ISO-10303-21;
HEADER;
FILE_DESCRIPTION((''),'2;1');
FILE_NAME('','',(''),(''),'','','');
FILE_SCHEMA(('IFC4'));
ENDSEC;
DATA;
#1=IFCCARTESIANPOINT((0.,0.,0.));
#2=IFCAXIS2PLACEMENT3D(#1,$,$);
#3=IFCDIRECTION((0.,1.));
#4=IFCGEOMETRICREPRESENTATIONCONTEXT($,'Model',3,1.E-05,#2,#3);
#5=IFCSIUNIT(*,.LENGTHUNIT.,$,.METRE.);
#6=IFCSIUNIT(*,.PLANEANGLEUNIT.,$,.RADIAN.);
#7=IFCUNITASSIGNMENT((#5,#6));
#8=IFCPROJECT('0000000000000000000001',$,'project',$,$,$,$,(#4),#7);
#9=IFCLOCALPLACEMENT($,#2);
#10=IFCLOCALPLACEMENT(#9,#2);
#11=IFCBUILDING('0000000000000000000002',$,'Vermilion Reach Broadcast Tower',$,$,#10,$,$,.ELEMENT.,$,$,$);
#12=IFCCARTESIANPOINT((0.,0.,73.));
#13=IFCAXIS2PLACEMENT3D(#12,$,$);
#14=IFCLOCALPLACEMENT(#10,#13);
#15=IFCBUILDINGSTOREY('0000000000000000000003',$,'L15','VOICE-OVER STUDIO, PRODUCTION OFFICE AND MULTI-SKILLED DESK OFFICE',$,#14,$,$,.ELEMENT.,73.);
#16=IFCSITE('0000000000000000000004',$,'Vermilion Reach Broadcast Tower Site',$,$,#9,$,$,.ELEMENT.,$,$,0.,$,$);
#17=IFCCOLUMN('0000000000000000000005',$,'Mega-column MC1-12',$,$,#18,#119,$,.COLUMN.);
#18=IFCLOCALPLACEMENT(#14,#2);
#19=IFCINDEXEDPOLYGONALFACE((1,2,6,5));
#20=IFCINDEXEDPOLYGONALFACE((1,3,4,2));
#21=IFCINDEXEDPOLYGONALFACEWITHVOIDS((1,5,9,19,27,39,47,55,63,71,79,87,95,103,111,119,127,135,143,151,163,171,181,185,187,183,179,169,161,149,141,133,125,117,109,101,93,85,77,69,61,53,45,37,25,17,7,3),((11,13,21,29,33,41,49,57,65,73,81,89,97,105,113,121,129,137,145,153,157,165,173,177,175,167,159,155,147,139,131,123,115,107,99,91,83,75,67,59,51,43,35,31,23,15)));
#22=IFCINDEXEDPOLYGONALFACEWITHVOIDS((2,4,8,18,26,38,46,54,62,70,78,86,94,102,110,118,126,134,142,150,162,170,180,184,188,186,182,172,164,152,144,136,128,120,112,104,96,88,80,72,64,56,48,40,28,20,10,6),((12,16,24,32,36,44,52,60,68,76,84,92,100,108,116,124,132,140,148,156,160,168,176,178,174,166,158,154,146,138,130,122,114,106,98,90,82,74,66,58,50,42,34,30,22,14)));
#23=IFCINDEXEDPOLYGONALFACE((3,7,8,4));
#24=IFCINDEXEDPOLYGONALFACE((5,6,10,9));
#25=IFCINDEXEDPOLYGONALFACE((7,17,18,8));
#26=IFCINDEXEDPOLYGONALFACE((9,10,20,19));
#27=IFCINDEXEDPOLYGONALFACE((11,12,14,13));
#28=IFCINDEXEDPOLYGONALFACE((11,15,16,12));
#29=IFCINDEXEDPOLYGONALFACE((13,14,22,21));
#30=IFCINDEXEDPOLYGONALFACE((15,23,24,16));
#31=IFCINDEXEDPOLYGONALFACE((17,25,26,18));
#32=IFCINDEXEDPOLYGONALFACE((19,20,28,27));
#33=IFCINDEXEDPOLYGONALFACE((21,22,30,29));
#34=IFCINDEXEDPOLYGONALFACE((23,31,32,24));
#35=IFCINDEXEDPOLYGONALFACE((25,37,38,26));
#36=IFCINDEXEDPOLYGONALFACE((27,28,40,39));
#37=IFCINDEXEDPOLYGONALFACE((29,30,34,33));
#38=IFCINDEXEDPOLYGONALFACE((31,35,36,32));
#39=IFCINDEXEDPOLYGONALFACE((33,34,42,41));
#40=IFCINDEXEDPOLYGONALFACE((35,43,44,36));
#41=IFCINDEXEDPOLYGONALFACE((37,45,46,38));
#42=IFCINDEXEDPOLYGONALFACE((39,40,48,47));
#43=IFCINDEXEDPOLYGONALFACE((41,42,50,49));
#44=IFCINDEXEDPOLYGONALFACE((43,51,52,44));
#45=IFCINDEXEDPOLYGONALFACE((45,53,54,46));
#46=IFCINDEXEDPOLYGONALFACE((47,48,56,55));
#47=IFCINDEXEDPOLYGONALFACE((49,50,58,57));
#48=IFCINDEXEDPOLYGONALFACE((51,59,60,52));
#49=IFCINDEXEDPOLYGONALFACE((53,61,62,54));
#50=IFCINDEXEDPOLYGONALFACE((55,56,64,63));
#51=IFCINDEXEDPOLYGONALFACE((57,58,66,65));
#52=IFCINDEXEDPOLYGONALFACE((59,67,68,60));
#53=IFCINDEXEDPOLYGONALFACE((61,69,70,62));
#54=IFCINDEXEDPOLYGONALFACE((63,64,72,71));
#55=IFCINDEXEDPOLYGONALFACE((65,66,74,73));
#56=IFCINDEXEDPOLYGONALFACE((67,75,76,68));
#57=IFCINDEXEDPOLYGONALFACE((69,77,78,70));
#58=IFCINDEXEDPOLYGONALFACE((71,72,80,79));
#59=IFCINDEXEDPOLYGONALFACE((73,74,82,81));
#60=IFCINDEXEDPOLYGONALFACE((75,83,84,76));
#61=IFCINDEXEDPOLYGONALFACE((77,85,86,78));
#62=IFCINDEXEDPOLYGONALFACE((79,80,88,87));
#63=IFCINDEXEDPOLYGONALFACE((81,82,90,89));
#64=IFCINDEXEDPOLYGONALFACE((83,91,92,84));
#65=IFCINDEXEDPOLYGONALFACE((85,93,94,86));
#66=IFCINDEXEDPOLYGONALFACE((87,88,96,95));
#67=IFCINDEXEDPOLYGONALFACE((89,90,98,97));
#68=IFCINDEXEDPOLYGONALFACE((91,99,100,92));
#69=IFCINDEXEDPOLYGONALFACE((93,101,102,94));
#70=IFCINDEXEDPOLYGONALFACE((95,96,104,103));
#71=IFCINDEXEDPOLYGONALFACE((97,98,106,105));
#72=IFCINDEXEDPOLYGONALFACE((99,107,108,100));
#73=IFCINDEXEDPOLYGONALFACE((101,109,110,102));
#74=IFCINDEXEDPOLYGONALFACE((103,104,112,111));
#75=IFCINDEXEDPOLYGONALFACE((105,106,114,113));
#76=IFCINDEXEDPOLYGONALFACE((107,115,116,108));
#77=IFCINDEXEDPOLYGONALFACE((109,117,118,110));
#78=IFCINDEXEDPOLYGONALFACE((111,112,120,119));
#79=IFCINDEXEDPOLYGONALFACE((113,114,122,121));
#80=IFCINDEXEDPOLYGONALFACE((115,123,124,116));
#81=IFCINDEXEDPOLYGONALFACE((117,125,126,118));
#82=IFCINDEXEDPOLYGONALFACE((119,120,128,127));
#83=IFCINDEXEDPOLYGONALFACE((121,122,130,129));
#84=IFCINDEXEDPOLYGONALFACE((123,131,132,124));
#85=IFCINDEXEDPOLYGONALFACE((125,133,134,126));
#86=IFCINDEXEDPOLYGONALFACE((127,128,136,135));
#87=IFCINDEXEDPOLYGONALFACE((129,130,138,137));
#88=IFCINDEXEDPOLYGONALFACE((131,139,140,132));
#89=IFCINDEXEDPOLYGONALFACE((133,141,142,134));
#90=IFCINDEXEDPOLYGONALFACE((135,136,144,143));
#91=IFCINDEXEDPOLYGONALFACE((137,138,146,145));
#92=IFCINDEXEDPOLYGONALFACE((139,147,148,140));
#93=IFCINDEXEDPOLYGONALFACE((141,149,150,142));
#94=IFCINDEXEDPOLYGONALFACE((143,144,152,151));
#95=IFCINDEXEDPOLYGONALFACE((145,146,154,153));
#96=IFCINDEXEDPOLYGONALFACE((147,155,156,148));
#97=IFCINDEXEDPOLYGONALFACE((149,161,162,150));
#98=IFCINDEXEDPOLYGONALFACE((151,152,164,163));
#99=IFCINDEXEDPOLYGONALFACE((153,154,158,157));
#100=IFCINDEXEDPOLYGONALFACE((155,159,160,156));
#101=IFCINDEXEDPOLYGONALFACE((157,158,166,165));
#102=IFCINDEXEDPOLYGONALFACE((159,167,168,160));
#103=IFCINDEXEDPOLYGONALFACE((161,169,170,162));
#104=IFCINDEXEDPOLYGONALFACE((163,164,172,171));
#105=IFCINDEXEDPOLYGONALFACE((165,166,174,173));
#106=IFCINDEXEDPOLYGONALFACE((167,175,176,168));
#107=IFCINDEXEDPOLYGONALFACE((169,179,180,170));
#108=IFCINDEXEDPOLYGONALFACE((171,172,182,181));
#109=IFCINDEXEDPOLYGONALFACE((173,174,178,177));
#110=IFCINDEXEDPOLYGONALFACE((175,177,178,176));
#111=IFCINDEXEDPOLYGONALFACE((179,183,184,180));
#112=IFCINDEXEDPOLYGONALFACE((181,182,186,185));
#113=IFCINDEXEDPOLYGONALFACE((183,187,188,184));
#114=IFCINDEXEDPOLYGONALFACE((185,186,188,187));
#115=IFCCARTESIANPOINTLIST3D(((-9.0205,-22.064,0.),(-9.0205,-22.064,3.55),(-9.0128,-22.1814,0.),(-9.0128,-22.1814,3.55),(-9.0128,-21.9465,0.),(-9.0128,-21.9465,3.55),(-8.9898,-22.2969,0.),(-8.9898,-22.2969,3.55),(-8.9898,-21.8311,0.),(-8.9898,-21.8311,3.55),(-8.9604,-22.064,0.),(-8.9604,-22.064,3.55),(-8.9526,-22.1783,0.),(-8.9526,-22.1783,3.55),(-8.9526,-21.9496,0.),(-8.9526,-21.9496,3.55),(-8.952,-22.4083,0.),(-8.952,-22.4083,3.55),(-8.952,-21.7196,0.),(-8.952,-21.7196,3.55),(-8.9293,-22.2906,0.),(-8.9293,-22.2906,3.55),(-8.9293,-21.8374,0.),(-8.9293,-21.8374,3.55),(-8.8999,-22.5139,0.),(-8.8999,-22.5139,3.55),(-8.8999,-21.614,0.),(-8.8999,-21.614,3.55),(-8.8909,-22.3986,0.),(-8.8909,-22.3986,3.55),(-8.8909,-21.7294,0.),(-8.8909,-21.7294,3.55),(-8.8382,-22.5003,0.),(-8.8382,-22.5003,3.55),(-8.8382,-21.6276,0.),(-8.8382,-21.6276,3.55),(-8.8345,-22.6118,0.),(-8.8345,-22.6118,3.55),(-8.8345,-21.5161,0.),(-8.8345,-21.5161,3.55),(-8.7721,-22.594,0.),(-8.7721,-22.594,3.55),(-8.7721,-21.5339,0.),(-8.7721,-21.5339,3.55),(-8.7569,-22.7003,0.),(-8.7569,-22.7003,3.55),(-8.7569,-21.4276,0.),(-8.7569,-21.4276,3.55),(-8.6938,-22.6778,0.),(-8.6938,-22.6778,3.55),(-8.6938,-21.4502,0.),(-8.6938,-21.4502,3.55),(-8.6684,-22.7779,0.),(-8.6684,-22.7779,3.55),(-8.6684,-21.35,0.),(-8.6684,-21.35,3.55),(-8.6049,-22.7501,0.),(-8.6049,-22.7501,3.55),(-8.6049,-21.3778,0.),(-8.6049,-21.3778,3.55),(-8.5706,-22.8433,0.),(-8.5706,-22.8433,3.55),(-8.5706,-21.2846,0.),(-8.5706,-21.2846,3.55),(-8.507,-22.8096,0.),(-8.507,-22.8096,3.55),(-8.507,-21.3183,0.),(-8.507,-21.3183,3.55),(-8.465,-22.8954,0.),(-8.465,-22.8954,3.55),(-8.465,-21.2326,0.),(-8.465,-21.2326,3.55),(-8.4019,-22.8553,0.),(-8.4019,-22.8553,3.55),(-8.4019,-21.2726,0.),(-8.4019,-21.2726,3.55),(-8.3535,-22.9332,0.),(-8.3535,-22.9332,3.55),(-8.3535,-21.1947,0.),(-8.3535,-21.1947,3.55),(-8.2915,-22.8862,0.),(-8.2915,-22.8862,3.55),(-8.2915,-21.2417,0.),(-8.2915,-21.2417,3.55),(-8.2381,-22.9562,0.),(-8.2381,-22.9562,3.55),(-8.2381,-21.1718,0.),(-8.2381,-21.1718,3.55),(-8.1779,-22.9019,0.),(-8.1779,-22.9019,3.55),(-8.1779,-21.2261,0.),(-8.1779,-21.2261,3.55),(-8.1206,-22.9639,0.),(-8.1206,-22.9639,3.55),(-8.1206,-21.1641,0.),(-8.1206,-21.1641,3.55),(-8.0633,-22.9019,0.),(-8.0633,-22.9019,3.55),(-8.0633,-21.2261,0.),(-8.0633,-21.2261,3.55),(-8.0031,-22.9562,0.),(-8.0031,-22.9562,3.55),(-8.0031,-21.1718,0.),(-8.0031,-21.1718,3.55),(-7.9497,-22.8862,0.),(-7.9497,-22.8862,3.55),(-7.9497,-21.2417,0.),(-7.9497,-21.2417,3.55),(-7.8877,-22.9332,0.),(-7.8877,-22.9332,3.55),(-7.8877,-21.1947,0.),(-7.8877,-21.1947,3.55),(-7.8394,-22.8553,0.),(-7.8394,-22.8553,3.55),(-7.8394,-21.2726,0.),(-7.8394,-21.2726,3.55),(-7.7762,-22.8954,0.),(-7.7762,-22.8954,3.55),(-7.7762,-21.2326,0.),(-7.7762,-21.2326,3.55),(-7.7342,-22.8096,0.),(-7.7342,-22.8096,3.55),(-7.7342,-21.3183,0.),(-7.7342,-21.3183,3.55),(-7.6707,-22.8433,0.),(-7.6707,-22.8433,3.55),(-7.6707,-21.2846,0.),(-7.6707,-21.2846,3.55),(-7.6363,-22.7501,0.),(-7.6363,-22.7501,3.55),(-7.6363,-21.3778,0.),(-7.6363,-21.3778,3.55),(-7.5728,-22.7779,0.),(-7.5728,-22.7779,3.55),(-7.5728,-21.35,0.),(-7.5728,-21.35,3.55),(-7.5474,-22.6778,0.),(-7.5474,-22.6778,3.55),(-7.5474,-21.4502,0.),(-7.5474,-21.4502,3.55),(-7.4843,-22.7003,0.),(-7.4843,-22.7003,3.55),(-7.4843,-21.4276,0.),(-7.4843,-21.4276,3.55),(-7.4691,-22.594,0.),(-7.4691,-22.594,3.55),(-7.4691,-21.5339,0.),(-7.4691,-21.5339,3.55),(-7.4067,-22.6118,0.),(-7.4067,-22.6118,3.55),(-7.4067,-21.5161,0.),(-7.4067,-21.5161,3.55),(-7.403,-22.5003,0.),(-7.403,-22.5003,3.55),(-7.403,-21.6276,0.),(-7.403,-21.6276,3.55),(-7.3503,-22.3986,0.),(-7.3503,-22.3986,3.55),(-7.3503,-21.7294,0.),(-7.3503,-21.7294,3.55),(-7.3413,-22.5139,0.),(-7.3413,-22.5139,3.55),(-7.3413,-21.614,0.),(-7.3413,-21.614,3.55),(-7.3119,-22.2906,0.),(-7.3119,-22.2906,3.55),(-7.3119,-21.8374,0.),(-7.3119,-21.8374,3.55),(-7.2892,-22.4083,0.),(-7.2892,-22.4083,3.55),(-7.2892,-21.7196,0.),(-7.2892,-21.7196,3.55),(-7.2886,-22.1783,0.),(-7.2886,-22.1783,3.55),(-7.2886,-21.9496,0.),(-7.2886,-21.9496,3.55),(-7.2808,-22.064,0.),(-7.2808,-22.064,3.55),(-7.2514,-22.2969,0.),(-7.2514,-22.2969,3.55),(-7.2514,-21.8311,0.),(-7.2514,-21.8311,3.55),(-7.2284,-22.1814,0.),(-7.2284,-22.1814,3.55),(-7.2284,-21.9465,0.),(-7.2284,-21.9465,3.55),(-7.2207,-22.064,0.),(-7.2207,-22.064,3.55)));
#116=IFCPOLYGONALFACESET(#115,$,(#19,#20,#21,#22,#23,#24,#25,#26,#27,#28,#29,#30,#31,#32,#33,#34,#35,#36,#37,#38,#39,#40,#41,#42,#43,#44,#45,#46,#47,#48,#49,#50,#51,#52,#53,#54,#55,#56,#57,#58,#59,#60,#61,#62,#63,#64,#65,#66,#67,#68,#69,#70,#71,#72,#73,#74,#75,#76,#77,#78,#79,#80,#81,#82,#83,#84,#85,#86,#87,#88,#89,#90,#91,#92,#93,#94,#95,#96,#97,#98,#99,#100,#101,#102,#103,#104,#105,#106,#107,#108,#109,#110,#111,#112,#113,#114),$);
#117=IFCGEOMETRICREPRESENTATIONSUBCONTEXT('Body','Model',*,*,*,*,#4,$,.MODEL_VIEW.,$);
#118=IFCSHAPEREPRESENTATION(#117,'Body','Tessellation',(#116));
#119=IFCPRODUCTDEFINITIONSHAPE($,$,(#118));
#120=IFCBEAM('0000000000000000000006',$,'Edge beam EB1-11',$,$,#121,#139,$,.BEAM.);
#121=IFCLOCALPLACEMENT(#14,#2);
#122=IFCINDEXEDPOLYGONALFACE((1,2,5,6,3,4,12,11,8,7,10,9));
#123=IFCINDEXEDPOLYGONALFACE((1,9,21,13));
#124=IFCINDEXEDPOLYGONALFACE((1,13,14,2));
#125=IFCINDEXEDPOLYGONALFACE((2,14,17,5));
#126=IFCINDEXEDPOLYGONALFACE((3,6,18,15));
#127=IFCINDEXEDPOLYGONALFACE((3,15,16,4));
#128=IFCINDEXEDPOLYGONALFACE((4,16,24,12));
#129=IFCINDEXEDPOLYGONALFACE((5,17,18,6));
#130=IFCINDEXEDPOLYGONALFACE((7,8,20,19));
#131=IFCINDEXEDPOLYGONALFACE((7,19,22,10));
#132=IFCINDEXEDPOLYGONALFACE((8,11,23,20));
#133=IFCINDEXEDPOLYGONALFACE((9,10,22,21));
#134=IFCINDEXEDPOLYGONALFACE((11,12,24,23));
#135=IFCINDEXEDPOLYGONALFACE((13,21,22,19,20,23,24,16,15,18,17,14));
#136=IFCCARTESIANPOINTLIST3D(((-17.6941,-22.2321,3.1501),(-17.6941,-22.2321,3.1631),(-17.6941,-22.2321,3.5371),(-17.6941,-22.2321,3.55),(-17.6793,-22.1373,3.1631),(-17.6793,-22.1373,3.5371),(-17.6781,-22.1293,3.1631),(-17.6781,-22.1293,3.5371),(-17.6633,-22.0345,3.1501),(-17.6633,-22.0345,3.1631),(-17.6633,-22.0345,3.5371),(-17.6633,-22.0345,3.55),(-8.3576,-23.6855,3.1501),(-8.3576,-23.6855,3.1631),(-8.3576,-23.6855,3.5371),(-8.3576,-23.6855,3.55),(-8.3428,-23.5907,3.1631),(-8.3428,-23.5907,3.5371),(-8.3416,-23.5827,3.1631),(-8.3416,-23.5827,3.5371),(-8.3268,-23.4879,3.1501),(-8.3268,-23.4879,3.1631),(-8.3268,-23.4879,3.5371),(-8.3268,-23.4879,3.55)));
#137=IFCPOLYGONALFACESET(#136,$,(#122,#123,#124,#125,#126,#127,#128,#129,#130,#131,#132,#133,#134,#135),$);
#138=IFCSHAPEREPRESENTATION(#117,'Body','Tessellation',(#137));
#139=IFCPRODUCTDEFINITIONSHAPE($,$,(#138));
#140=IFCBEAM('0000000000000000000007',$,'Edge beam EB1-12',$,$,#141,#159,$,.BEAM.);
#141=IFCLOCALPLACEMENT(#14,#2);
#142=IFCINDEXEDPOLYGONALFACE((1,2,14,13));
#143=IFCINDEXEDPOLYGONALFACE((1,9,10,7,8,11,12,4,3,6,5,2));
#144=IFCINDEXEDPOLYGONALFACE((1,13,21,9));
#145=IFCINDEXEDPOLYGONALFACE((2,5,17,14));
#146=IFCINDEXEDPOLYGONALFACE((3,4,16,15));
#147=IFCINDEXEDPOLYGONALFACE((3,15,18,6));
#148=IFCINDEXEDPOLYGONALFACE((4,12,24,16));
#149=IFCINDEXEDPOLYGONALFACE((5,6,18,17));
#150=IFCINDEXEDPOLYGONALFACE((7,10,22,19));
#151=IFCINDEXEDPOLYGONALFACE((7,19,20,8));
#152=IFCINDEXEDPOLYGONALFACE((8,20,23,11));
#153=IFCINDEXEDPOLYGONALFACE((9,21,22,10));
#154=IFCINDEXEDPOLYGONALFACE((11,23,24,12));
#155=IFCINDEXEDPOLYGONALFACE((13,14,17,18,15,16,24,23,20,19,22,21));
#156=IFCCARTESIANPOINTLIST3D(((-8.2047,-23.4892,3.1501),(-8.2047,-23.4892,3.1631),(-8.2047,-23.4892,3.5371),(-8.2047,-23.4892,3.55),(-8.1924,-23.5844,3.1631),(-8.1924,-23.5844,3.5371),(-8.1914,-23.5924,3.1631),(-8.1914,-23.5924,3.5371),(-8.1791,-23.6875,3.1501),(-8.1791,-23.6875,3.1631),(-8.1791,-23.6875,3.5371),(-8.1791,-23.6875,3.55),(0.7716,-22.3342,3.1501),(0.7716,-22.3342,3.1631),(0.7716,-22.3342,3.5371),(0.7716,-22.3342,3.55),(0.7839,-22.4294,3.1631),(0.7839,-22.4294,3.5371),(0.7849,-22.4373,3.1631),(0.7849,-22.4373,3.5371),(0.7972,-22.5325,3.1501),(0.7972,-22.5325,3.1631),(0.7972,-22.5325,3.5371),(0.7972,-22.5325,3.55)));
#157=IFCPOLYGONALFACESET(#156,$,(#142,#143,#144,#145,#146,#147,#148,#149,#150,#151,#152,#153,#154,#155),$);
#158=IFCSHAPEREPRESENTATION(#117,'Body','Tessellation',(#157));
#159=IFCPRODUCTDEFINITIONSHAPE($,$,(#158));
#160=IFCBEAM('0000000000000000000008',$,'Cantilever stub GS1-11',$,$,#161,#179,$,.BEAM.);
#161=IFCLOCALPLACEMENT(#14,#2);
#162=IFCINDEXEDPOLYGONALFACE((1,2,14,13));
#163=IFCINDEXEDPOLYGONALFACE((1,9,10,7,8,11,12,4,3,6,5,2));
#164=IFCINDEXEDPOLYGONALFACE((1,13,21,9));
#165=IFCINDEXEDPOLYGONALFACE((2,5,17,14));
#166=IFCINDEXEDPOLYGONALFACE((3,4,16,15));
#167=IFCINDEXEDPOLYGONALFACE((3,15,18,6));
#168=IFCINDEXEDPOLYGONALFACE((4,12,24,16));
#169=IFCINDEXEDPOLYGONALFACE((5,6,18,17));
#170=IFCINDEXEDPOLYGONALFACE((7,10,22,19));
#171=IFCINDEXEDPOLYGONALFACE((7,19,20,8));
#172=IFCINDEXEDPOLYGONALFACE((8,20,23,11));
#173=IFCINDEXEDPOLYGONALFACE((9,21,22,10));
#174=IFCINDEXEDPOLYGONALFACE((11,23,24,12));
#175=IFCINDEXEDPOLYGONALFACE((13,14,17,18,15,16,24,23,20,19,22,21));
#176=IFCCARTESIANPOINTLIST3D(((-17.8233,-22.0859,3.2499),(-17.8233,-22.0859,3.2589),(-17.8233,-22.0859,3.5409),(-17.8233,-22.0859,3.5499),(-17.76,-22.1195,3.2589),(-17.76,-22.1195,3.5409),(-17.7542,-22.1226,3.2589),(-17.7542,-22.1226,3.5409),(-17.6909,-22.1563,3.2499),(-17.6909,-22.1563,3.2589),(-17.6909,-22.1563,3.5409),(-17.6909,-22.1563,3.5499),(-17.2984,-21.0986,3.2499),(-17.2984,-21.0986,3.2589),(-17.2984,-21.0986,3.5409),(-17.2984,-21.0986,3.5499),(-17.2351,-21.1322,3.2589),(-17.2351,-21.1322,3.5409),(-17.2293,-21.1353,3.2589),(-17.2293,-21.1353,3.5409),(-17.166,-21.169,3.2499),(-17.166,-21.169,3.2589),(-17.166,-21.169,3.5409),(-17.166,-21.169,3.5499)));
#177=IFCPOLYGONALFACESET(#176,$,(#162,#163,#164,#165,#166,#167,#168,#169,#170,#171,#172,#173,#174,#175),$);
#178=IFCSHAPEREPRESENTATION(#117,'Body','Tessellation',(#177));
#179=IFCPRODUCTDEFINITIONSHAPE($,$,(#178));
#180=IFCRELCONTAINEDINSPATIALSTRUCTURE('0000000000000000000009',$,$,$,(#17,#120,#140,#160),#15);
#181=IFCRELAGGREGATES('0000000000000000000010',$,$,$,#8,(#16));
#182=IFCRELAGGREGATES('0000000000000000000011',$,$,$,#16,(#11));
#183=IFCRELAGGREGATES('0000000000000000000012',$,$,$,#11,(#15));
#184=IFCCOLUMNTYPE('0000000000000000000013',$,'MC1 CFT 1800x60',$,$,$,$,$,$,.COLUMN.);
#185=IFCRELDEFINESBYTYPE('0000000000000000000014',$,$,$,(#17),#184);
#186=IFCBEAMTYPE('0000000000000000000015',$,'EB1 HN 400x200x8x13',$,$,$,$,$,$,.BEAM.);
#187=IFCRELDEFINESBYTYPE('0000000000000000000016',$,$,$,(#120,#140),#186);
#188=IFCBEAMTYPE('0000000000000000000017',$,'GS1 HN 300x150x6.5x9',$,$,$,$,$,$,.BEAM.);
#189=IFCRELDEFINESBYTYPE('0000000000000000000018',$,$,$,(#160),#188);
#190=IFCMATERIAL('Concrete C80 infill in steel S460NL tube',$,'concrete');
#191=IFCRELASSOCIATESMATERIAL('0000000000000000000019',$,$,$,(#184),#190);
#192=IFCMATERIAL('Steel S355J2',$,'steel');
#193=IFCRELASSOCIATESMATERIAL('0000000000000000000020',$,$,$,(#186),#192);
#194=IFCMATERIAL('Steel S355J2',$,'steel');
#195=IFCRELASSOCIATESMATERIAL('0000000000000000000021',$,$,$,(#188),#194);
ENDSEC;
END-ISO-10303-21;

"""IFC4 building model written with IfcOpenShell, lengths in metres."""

from ifc_helpers import new_model, si_unit, direction, frame, origin, origin_2d, place, context, subcontext, project, spatial, hollow_circle, i_section, extrude, material, material_profile, profile_set, type_object, element, save


model = new_model("IFC4")

# Units and contexts
model_context = context("Model", 3, precision=1e-05, world=origin(), true_north=direction((0.0, 1.0)))
body_context = subcontext(model_context, "Body", "Model", "MODEL_VIEW")
ifc_project = project(units=[si_unit("LENGTHUNIT", "METRE"), si_unit("PLANEANGLEUNIT", "RADIAN")], contexts=[model_context])

# Site, building, storey
site_placement = place(None, origin())
site = spatial("IfcSite", under=ifc_project, at=site_placement, Name="Vermilion Reach Broadcast Tower Site", CompositionType="ELEMENT", RefElevation=0.0)
building_placement = place(site_placement, origin())
building = spatial("IfcBuilding", under=site, at=building_placement, Name="Vermilion Reach Broadcast Tower", CompositionType="ELEMENT")
storey_placement = place(building_placement, frame((0.0, 0.0, 73.0)))
storey = spatial("IfcBuildingStorey", under=building, at=storey_placement, Name="L15", Description="VOICE-OVER STUDIO, PRODUCTION OFFICE AND MULTI-SKILLED DESK OFFICE", CompositionType="ELEMENT", Elevation=73.0)

# Column
ifc_material_1 = material(Name="Concrete C80 infill in steel S460NL tube", Category="concrete")
ifc_material_profile_1 = material_profile(ifc_material_1, hollow_circle(Radius=0.8999, WallThickness=0.0601, at=origin_2d()), Name="Concrete C80 infill in steel S460NL tube CFT 1800x60")
ifc_profile_set_1 = profile_set([ifc_material_profile_1], Name="Concrete C80 infill in steel S460NL tube")
column_type = type_object("IfcColumnType", Name="MC1 CFT 1800x60", PredefinedType="COLUMN", material=ifc_profile_set_1)
for number, where, z_axis, x_axis, name in (
    (1, (-8.1206, -22.064, 0.0), (0.0, 0.0, 1.0), (1.0, 0.0, 0.0), "Mega-column MC1-12"),
):
    element("IfcColumn", number, at=place(storey_placement, frame(where, z_axis=z_axis, x_axis=x_axis)), inside=storey, type_object=column_type, Name=name, PredefinedType="COLUMN", context=body_context, shape_type="SweptSolid", body=[
        extrude(hollow_circle(Radius=0.8999, WallThickness=0.0601, at=origin_2d()), origin(), (0.0, 0.0, 1.0), 3.55),
    ])

# Beams
ifc_material_2 = material(Name="Steel S355J2", Category="steel")
ifc_material_profile_2 = material_profile(ifc_material_2, i_section(OverallWidth=0.2, OverallDepth=0.3999, WebThickness=0.0081, FlangeThickness=0.0129, at=origin_2d()), Name="S355J2 HN 400x200x8x13")
ifc_profile_set_2 = profile_set([ifc_material_profile_2], Name="Steel S355J2")
beam_type_1 = type_object("IfcBeamType", Name="EB1 HN 400x200x8x13", PredefinedType="BEAM", material=ifc_profile_set_2)
beam_1_placement = place(storey_placement, frame((-17.6787, -22.1333, 3.3501), z_axis=(0.9881, -0.153814, 0.0), x_axis=(0.153814, 0.9881, 0.0)))
element("IfcBeam", 2, at=beam_1_placement, inside=storey, type_object=beam_type_1, Name="Edge beam EB1-11", PredefinedType="BEAM", context=body_context, shape_type="SweptSolid", body=[
    extrude(i_section(OverallWidth=0.2, OverallDepth=0.3999, WebThickness=0.0081, FlangeThickness=0.0129, at=origin_2d()), origin(), (0.0, 0.0, 1.0), 9.449),
])
beam_2_placement = place(storey_placement, frame((-8.1919, -23.5884, 3.3501), z_axis=(0.991823, 0.127623, 0.0), x_axis=(-0.127623, 0.991823, 0.0)))
element("IfcBeam", 3, at=beam_2_placement, inside=storey, type_object=beam_type_1, Name="Edge beam EB1-12", PredefinedType="BEAM", context=body_context, shape_type="SweptSolid", body=[
    extrude(i_section(OverallWidth=0.2, OverallDepth=0.3999, WebThickness=0.0081, FlangeThickness=0.0129, at=origin_2d()), origin(), (0.0, 0.0, 1.0), 9.0503),
])
ifc_material_3 = material(Name="Steel S355J2", Category="steel")
ifc_material_profile_3 = material_profile(ifc_material_3, i_section(OverallWidth=0.1499, OverallDepth=0.3, WebThickness=0.0066, FlangeThickness=0.009, at=origin_2d()), Name="S355J2 HN 300x150x6.5x9")
ifc_profile_set_3 = profile_set([ifc_material_profile_3], Name="Steel S355J2")
beam_type_2 = type_object("IfcBeamType", Name="GS1 HN 300x150x6.5x9", PredefinedType="BEAM", material=ifc_profile_set_3)
beam_3_placement = place(storey_placement, frame((-17.2322, -21.1338, 3.3999), z_axis=(-0.469432, -0.882969, 0.0), x_axis=(0.882969, -0.469432, 0.0)))
element("IfcBeam", 4, at=beam_3_placement, inside=storey, type_object=beam_type_2, Name="Cantilever stub GS1-11", PredefinedType="BEAM", context=body_context, shape_type="SweptSolid", body=[
    extrude(i_section(OverallWidth=0.1499, OverallDepth=0.3, WebThickness=0.0066, FlangeThickness=0.009, at=origin_2d()), origin(), (0.0, 0.0, 1.0), 1.1182),
])

save(model, "model.ifc")
